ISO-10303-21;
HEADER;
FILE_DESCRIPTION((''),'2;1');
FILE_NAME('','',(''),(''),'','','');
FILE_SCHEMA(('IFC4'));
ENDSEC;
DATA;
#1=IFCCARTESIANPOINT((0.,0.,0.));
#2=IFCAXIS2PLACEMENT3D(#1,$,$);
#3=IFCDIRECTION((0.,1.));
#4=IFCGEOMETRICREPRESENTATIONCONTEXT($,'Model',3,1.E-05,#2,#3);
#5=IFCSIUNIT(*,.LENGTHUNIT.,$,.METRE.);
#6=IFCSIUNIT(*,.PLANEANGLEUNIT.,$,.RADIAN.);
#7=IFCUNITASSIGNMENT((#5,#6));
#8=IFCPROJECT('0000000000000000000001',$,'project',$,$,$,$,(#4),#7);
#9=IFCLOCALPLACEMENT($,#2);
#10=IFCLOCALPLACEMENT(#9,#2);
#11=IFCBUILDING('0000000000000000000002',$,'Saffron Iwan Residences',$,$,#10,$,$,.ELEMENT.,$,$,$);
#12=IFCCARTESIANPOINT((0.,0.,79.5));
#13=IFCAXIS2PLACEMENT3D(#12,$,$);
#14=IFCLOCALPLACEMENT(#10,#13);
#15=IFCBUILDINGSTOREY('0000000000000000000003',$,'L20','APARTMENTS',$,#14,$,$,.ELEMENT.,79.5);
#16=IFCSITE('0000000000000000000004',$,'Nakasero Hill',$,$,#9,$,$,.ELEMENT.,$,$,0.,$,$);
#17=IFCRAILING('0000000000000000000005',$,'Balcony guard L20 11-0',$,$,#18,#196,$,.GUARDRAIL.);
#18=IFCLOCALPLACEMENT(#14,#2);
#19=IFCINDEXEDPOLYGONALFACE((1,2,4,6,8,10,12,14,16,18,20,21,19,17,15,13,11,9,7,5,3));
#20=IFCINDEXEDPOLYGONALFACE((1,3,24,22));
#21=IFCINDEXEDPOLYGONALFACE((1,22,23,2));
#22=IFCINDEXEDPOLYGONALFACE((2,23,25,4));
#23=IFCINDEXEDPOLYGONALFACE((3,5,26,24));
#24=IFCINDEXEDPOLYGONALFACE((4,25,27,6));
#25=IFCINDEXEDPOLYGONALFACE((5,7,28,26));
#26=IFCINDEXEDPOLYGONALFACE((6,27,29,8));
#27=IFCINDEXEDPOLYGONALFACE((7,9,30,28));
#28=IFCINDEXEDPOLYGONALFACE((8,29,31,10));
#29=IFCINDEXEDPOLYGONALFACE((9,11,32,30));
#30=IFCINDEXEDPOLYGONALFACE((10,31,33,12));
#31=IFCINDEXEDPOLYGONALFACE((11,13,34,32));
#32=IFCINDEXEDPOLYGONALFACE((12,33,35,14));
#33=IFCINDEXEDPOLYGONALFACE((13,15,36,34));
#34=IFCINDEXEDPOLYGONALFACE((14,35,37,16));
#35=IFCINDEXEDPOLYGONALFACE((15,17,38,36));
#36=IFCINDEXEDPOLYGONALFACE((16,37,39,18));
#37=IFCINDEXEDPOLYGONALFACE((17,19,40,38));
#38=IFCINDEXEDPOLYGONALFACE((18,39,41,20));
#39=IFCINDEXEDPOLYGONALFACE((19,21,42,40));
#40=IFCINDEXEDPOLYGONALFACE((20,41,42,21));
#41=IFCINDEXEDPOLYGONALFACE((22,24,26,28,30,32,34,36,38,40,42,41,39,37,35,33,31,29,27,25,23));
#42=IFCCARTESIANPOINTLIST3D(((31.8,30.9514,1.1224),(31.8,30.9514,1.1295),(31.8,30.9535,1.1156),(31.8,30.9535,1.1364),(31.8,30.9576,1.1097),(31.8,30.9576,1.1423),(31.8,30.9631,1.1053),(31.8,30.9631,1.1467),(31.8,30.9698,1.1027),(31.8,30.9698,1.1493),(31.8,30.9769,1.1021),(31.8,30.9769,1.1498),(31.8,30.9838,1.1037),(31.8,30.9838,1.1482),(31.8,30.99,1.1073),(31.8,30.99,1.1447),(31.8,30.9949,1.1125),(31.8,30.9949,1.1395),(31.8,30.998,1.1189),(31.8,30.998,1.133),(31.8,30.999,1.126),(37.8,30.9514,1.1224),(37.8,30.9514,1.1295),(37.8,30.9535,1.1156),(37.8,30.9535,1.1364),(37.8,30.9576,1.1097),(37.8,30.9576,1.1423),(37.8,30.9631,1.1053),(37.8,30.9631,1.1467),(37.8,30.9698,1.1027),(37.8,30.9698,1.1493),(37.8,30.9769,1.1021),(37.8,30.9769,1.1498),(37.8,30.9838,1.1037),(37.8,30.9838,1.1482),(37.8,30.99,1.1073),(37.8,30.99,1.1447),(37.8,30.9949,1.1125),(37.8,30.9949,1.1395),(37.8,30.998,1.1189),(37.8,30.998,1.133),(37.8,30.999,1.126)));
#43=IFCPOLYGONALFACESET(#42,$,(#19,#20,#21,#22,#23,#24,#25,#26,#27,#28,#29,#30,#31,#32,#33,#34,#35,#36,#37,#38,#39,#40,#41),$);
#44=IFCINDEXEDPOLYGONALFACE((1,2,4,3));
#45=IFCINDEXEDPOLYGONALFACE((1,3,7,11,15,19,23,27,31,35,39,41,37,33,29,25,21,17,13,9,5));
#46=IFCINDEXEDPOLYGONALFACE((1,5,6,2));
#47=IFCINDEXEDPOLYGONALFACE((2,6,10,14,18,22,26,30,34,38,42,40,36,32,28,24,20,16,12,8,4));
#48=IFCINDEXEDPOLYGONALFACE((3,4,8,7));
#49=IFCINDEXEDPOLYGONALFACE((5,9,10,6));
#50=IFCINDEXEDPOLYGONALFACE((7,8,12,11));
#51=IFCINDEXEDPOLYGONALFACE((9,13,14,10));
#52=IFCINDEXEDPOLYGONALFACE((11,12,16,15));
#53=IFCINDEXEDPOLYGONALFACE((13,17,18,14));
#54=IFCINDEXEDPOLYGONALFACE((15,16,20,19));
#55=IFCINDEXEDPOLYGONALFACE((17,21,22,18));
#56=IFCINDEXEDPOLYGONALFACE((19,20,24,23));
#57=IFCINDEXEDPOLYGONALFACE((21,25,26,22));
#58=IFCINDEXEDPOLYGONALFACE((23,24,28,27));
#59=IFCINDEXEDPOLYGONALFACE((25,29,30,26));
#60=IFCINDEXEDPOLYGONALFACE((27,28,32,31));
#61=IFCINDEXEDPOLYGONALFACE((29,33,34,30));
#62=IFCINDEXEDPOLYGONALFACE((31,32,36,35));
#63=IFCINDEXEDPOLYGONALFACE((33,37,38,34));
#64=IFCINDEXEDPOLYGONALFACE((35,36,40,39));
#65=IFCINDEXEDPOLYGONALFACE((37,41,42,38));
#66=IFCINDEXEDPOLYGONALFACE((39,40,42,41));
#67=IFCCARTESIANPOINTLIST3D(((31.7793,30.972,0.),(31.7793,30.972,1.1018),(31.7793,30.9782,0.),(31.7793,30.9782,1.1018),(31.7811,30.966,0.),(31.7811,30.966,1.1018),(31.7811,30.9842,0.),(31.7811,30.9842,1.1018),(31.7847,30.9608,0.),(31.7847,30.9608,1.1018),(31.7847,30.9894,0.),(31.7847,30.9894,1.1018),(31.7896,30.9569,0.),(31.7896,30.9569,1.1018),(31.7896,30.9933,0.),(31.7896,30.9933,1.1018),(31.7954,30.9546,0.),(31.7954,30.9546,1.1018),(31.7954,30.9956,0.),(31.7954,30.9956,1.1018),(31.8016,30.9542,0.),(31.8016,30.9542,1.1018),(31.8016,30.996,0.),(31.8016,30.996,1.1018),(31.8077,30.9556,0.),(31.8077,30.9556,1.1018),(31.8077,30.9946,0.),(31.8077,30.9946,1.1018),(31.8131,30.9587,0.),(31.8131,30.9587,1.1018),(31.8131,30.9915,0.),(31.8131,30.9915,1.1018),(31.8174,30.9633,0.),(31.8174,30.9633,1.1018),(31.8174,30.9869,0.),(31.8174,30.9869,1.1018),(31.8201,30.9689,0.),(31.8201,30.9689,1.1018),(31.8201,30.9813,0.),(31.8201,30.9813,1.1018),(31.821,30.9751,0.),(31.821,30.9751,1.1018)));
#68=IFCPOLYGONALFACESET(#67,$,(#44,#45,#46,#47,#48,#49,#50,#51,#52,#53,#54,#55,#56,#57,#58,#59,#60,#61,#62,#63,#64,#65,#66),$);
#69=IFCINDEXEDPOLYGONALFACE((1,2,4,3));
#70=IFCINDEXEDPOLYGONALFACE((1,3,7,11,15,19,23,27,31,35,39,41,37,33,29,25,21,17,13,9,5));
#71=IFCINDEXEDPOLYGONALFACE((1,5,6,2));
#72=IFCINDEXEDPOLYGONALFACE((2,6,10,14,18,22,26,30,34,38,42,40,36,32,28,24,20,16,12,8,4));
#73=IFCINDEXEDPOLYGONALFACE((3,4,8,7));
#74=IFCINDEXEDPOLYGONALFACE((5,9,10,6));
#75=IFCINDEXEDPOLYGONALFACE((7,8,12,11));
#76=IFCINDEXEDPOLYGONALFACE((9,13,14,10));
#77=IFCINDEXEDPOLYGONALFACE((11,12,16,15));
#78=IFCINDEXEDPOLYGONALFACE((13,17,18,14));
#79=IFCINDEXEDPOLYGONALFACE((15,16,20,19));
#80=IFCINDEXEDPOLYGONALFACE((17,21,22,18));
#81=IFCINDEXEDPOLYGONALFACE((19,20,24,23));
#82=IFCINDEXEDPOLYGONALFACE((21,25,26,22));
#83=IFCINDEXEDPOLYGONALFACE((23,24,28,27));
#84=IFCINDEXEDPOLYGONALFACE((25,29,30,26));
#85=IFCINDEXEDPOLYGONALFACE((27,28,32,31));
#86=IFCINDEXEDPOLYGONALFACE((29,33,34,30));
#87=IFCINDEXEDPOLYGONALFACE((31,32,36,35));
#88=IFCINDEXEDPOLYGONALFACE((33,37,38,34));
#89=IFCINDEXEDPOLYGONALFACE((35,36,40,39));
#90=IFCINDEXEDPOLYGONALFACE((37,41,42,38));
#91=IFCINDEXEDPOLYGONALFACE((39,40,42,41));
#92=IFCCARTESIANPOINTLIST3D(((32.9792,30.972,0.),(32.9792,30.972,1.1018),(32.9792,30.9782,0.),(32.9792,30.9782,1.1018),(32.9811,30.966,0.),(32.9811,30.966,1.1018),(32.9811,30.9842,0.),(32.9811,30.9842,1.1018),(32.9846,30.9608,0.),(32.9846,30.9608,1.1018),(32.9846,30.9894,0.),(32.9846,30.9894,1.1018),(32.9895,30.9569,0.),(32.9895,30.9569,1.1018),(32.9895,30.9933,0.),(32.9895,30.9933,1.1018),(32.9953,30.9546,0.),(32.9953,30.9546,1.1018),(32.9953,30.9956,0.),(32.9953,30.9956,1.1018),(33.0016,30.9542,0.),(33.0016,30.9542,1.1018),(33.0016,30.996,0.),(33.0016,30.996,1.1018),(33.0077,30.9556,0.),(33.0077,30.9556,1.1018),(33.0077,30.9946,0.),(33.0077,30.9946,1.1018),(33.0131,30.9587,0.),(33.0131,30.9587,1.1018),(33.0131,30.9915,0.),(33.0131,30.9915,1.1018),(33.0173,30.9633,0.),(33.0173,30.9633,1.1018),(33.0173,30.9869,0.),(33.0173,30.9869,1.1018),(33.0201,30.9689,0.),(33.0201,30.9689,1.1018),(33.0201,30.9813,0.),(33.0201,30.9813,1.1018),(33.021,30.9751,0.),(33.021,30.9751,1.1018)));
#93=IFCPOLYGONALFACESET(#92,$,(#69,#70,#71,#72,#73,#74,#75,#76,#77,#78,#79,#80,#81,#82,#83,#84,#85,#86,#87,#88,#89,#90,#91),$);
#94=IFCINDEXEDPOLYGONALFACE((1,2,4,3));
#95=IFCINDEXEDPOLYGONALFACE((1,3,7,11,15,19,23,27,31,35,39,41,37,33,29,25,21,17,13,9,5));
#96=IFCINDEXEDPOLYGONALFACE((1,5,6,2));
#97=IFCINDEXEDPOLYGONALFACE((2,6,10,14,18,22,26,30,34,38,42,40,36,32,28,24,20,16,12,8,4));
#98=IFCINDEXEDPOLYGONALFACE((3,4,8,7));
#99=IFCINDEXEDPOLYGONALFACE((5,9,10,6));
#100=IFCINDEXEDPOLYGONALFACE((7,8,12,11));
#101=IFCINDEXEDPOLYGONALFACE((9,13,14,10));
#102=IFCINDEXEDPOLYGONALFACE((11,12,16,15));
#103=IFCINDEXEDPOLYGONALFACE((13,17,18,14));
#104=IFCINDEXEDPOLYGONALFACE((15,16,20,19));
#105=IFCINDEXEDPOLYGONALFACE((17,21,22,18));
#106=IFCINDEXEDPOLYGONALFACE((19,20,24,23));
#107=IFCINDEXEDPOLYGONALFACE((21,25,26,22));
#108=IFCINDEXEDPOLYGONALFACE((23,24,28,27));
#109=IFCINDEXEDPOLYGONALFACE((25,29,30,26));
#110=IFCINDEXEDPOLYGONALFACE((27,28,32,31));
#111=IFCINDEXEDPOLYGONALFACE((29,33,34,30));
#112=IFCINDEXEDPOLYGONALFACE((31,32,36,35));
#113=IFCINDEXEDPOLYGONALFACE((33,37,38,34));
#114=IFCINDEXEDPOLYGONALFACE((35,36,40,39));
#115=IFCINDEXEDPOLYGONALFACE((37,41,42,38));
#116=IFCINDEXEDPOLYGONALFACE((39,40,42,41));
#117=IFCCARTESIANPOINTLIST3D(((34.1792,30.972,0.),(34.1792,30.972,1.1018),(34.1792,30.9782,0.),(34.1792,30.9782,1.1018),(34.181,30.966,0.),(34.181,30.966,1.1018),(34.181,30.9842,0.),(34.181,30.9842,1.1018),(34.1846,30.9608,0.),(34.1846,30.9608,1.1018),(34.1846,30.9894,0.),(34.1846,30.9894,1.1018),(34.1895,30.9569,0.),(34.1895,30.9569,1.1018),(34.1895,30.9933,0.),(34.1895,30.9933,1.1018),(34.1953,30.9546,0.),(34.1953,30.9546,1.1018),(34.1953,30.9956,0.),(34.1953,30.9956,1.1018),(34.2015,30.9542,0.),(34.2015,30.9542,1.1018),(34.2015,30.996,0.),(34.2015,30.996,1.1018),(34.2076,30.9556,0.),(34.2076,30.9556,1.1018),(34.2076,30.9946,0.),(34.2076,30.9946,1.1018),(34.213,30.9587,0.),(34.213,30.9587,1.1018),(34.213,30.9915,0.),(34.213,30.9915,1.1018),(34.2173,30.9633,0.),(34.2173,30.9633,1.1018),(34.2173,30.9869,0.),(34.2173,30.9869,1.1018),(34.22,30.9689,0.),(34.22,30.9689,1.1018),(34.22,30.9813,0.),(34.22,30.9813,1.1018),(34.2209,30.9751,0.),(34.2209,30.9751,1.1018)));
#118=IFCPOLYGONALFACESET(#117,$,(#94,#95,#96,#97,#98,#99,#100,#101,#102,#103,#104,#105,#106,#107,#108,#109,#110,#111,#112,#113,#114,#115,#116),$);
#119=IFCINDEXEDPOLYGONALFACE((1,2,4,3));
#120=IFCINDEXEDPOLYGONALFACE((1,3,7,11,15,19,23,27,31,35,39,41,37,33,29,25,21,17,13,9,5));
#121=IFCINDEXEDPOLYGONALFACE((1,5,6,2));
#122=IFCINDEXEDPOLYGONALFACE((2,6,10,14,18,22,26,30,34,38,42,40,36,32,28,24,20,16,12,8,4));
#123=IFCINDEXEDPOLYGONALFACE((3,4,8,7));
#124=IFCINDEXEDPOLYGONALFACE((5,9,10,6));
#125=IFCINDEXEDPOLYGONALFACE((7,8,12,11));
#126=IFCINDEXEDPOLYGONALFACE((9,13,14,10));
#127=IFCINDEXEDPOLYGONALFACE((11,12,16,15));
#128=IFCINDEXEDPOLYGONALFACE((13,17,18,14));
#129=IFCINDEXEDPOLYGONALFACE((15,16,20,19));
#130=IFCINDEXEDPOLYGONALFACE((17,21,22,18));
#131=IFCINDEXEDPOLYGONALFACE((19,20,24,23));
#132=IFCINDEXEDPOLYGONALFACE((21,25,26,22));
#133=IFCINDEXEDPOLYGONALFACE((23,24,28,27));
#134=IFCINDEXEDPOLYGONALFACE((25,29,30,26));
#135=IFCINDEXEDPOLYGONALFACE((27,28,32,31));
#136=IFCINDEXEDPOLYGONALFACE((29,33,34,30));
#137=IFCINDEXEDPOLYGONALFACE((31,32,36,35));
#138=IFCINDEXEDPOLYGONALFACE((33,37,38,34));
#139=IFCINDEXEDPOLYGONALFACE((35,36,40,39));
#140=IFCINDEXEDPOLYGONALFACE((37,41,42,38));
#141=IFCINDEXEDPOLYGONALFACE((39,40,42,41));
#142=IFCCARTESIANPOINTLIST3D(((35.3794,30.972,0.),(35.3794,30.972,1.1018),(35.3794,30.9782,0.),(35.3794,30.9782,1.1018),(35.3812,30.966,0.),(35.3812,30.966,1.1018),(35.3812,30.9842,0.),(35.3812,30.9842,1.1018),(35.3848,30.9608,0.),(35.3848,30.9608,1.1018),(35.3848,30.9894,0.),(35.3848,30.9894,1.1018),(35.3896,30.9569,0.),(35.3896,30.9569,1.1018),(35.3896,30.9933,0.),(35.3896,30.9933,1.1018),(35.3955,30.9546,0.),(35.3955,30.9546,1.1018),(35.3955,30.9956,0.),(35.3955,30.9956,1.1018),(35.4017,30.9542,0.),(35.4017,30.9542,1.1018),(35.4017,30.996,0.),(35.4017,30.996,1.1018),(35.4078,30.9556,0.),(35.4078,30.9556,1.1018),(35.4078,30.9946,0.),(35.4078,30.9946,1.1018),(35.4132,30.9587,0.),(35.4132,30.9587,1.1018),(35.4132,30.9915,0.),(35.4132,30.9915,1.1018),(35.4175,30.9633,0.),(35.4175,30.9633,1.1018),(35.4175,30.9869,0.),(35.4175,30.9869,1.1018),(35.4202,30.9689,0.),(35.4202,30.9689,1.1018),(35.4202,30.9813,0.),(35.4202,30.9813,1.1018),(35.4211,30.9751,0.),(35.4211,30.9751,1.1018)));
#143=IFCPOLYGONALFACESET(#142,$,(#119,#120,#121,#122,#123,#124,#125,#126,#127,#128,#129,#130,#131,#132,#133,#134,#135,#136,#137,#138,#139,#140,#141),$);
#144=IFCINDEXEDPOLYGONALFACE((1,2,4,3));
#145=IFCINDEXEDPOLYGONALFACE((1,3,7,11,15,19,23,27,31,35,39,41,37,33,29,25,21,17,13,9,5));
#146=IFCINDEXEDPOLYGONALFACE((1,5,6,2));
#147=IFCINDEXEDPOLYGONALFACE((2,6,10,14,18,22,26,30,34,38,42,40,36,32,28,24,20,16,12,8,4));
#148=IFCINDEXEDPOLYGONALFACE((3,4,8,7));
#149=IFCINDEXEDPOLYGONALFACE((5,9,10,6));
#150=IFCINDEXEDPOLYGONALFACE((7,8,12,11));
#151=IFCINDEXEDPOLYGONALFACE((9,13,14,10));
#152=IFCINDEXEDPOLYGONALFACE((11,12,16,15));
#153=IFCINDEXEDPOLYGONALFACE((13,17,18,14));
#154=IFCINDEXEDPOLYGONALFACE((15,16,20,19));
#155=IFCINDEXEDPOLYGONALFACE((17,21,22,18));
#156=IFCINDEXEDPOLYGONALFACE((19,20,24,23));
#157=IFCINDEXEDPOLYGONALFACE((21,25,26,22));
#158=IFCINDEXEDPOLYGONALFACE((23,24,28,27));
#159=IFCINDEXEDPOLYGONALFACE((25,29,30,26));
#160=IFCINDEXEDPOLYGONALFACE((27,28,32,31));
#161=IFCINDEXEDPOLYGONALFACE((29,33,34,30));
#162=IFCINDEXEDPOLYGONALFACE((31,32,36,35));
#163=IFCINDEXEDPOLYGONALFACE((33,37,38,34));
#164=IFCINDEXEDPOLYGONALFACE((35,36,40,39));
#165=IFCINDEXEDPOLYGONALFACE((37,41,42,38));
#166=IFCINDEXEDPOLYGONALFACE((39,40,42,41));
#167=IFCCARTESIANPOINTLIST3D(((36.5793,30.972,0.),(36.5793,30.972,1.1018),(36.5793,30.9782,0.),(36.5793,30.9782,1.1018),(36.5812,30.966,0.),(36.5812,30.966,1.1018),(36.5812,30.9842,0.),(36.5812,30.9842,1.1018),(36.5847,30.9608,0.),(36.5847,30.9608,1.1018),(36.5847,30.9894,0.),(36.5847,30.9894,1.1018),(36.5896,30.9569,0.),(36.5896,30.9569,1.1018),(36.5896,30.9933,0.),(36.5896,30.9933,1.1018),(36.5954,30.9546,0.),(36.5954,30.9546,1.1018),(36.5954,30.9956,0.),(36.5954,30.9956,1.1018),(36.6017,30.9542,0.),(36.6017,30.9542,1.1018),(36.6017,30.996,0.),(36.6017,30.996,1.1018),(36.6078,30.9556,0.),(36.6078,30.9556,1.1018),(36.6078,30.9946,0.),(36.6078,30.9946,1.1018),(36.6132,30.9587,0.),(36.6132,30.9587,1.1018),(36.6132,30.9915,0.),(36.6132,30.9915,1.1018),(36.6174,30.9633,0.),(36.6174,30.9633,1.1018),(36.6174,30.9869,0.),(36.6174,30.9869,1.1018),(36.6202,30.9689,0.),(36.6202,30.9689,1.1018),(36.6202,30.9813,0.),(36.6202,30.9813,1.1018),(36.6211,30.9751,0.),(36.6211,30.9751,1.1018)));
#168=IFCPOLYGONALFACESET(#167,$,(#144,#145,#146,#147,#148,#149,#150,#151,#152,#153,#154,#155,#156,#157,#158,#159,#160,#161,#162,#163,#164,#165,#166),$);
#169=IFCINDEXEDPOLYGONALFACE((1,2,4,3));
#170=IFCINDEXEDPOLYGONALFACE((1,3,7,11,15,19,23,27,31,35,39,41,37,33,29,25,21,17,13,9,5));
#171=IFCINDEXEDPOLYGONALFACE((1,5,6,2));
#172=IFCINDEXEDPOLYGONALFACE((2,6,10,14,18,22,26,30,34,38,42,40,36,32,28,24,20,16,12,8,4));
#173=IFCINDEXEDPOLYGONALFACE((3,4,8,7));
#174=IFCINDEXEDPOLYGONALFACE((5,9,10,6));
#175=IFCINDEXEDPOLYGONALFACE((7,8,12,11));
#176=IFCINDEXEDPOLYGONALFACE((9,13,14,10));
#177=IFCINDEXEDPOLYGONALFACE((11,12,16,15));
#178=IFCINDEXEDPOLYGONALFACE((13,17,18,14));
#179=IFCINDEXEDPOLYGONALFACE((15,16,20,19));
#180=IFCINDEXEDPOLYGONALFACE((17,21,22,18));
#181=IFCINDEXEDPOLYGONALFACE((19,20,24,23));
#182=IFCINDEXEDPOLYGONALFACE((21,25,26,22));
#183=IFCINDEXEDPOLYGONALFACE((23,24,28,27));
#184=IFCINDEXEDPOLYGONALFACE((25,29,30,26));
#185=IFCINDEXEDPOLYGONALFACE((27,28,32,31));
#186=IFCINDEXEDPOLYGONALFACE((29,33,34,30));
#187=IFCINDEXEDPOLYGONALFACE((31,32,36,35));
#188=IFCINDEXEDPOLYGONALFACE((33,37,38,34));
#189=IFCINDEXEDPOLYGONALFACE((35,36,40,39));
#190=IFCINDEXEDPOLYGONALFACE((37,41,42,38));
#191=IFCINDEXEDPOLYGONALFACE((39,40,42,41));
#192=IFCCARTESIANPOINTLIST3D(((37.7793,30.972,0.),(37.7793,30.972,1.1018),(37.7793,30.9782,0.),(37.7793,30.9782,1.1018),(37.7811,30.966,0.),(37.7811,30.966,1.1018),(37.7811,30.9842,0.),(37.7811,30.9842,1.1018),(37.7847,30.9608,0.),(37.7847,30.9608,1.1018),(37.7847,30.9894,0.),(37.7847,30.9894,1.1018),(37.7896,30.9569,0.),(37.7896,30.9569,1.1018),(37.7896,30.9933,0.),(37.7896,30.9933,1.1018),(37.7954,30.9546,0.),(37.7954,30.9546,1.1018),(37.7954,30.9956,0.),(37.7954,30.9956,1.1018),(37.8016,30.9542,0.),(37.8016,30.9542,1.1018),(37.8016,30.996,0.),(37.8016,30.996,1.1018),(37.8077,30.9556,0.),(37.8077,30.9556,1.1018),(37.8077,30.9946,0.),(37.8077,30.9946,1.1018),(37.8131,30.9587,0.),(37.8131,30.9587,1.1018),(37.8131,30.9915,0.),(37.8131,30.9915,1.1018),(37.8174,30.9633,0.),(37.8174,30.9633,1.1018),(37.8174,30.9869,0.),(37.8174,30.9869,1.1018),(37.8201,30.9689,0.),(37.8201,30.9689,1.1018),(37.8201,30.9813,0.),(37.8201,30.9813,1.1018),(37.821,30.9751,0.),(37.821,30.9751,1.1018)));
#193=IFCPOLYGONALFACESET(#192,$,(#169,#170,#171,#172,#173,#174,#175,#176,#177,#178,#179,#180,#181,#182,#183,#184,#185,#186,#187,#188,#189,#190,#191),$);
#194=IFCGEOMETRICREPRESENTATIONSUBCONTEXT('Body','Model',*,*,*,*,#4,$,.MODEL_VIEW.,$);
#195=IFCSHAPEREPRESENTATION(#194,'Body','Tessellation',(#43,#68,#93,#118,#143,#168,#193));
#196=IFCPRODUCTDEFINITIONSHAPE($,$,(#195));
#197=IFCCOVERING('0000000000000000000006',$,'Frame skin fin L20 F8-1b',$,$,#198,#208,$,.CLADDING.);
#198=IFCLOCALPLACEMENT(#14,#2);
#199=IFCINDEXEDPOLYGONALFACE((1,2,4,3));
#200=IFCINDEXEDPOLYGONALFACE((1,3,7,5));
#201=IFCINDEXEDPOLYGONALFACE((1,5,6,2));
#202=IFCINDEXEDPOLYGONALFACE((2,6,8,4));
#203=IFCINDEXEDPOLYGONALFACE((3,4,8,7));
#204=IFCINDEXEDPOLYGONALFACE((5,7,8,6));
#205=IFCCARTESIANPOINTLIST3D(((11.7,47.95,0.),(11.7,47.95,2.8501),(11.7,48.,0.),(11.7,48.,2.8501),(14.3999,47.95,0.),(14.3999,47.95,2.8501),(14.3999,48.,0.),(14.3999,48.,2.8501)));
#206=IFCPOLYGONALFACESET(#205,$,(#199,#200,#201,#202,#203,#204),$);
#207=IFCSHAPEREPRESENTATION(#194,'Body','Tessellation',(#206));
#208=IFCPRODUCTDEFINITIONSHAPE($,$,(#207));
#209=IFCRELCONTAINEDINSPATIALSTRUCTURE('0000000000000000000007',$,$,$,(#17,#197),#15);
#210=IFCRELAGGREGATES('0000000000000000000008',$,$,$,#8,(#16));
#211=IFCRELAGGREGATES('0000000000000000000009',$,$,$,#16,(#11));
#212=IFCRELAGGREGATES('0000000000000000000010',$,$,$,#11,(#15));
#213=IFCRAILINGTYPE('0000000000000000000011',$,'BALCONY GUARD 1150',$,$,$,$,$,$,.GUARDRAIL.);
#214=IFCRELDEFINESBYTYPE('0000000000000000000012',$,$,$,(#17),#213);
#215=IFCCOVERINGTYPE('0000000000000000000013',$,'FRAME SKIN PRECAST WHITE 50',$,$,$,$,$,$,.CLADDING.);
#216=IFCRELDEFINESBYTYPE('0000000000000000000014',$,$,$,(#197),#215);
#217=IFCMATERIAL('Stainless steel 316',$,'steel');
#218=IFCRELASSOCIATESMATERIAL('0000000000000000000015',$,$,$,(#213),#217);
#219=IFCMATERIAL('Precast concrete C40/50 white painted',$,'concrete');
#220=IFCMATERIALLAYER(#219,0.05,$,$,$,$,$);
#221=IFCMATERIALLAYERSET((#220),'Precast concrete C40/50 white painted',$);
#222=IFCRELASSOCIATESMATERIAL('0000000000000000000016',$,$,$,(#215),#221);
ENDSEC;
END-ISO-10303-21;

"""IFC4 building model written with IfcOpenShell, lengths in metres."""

from ifc_helpers import new_model, si_unit, direction, frame, origin, origin_2d, place, context, subcontext, project, spatial, polyline, circle, outline, extrude, material, layer, layer_set, type_object, element, save


model = new_model("IFC4")

# Units and contexts
model_context = context("Model", 3, precision=1e-05, world=origin(), true_north=direction((0.0, 1.0)))
body_context = subcontext(model_context, "Body", "Model", "MODEL_VIEW")
ifc_project = project(units=[si_unit("LENGTHUNIT", "METRE"), si_unit("PLANEANGLEUNIT", "RADIAN")], contexts=[model_context])

# Site, building, storey
site_placement = place(None, origin())
site = spatial("IfcSite", under=ifc_project, at=site_placement, Name="Nakasero Hill", CompositionType="ELEMENT", RefElevation=0.0)
building_placement = place(site_placement, origin())
building = spatial("IfcBuilding", under=site, at=building_placement, Name="Saffron Iwan Residences", CompositionType="ELEMENT")
storey_placement = place(building_placement, frame((0.0, 0.0, 79.5)))
storey = spatial("IfcBuildingStorey", under=building, at=storey_placement, Name="L20", Description="APARTMENTS", CompositionType="ELEMENT", Elevation=79.5)

# Railing
ifc_material_1 = material(Name="Stainless steel 316", Category="steel")
railing_type = type_object("IfcRailingType", Name="BALCONY GUARD 1150", PredefinedType="GUARDRAIL", material=ifc_material_1)
railing_placement = place(storey_placement, frame((31.8, 30.9751, 0.0)))
element("IfcRailing", 1, at=railing_placement, inside=storey, type_object=railing_type, Name="Balcony guard L20 11-0", PredefinedType="GUARDRAIL", context=body_context, shape_type="SweptSolid", body=[
    extrude(circle(Radius=0.0239, at=origin_2d()), frame((0.0, 0.0, 1.126), z_axis=(1.0, 0.0, 0.0), x_axis=(0.0, 1.0, 0.0)), (0.0, 0.0, 1.0), 6.0),
    extrude(circle(Radius=0.021, at=origin_2d()), origin(), (0.0, 0.0, 1.0), 1.1018),
    extrude(circle(Radius=0.021, at=origin_2d()), frame((1.2, 0.0, 0.0)), (0.0, 0.0, 1.0), 1.1018),
    extrude(circle(Radius=0.021, at=origin_2d()), frame((2.3999, 0.0, 0.0)), (0.0, 0.0, 1.0), 1.1018),
    extrude(circle(Radius=0.021, at=origin_2d()), frame((3.6001, 0.0, 0.0)), (0.0, 0.0, 1.0), 1.1018),
    extrude(circle(Radius=0.021, at=origin_2d()), frame((4.8, 0.0, 0.0)), (0.0, 0.0, 1.0), 1.1018),
    extrude(circle(Radius=0.021, at=origin_2d()), frame((6.0, 0.0, 0.0)), (0.0, 0.0, 1.0), 1.1018),
])

# Covering
ifc_material_2 = material(Name="Precast concrete C40/50 white painted", Category="concrete")
ifc_layer_1 = layer(ifc_material_2, 0.05)
ifc_layer_set_1 = layer_set([ifc_layer_1], Name="Precast concrete C40/50 white painted")
covering_type = type_object("IfcCoveringType", Name="FRAME SKIN PRECAST WHITE 50", PredefinedType="CLADDING", material=ifc_layer_set_1)
covering_1_placement = place(storey_placement, origin())
element("IfcCovering", 2, at=covering_1_placement, inside=storey, type_object=covering_type, Name="Frame skin fin L20 F8-1b", PredefinedType="CLADDING", context=body_context, shape_type="SweptSolid", body=[
    extrude(outline(polyline([(11.7, 48.0), (11.7, 47.95), (14.3999, 47.95), (14.3999, 48.0), (11.7, 48.0)])), origin(), (0.0, 0.0, 1.0), 2.8501),
])

save(model, "model.ifc")
